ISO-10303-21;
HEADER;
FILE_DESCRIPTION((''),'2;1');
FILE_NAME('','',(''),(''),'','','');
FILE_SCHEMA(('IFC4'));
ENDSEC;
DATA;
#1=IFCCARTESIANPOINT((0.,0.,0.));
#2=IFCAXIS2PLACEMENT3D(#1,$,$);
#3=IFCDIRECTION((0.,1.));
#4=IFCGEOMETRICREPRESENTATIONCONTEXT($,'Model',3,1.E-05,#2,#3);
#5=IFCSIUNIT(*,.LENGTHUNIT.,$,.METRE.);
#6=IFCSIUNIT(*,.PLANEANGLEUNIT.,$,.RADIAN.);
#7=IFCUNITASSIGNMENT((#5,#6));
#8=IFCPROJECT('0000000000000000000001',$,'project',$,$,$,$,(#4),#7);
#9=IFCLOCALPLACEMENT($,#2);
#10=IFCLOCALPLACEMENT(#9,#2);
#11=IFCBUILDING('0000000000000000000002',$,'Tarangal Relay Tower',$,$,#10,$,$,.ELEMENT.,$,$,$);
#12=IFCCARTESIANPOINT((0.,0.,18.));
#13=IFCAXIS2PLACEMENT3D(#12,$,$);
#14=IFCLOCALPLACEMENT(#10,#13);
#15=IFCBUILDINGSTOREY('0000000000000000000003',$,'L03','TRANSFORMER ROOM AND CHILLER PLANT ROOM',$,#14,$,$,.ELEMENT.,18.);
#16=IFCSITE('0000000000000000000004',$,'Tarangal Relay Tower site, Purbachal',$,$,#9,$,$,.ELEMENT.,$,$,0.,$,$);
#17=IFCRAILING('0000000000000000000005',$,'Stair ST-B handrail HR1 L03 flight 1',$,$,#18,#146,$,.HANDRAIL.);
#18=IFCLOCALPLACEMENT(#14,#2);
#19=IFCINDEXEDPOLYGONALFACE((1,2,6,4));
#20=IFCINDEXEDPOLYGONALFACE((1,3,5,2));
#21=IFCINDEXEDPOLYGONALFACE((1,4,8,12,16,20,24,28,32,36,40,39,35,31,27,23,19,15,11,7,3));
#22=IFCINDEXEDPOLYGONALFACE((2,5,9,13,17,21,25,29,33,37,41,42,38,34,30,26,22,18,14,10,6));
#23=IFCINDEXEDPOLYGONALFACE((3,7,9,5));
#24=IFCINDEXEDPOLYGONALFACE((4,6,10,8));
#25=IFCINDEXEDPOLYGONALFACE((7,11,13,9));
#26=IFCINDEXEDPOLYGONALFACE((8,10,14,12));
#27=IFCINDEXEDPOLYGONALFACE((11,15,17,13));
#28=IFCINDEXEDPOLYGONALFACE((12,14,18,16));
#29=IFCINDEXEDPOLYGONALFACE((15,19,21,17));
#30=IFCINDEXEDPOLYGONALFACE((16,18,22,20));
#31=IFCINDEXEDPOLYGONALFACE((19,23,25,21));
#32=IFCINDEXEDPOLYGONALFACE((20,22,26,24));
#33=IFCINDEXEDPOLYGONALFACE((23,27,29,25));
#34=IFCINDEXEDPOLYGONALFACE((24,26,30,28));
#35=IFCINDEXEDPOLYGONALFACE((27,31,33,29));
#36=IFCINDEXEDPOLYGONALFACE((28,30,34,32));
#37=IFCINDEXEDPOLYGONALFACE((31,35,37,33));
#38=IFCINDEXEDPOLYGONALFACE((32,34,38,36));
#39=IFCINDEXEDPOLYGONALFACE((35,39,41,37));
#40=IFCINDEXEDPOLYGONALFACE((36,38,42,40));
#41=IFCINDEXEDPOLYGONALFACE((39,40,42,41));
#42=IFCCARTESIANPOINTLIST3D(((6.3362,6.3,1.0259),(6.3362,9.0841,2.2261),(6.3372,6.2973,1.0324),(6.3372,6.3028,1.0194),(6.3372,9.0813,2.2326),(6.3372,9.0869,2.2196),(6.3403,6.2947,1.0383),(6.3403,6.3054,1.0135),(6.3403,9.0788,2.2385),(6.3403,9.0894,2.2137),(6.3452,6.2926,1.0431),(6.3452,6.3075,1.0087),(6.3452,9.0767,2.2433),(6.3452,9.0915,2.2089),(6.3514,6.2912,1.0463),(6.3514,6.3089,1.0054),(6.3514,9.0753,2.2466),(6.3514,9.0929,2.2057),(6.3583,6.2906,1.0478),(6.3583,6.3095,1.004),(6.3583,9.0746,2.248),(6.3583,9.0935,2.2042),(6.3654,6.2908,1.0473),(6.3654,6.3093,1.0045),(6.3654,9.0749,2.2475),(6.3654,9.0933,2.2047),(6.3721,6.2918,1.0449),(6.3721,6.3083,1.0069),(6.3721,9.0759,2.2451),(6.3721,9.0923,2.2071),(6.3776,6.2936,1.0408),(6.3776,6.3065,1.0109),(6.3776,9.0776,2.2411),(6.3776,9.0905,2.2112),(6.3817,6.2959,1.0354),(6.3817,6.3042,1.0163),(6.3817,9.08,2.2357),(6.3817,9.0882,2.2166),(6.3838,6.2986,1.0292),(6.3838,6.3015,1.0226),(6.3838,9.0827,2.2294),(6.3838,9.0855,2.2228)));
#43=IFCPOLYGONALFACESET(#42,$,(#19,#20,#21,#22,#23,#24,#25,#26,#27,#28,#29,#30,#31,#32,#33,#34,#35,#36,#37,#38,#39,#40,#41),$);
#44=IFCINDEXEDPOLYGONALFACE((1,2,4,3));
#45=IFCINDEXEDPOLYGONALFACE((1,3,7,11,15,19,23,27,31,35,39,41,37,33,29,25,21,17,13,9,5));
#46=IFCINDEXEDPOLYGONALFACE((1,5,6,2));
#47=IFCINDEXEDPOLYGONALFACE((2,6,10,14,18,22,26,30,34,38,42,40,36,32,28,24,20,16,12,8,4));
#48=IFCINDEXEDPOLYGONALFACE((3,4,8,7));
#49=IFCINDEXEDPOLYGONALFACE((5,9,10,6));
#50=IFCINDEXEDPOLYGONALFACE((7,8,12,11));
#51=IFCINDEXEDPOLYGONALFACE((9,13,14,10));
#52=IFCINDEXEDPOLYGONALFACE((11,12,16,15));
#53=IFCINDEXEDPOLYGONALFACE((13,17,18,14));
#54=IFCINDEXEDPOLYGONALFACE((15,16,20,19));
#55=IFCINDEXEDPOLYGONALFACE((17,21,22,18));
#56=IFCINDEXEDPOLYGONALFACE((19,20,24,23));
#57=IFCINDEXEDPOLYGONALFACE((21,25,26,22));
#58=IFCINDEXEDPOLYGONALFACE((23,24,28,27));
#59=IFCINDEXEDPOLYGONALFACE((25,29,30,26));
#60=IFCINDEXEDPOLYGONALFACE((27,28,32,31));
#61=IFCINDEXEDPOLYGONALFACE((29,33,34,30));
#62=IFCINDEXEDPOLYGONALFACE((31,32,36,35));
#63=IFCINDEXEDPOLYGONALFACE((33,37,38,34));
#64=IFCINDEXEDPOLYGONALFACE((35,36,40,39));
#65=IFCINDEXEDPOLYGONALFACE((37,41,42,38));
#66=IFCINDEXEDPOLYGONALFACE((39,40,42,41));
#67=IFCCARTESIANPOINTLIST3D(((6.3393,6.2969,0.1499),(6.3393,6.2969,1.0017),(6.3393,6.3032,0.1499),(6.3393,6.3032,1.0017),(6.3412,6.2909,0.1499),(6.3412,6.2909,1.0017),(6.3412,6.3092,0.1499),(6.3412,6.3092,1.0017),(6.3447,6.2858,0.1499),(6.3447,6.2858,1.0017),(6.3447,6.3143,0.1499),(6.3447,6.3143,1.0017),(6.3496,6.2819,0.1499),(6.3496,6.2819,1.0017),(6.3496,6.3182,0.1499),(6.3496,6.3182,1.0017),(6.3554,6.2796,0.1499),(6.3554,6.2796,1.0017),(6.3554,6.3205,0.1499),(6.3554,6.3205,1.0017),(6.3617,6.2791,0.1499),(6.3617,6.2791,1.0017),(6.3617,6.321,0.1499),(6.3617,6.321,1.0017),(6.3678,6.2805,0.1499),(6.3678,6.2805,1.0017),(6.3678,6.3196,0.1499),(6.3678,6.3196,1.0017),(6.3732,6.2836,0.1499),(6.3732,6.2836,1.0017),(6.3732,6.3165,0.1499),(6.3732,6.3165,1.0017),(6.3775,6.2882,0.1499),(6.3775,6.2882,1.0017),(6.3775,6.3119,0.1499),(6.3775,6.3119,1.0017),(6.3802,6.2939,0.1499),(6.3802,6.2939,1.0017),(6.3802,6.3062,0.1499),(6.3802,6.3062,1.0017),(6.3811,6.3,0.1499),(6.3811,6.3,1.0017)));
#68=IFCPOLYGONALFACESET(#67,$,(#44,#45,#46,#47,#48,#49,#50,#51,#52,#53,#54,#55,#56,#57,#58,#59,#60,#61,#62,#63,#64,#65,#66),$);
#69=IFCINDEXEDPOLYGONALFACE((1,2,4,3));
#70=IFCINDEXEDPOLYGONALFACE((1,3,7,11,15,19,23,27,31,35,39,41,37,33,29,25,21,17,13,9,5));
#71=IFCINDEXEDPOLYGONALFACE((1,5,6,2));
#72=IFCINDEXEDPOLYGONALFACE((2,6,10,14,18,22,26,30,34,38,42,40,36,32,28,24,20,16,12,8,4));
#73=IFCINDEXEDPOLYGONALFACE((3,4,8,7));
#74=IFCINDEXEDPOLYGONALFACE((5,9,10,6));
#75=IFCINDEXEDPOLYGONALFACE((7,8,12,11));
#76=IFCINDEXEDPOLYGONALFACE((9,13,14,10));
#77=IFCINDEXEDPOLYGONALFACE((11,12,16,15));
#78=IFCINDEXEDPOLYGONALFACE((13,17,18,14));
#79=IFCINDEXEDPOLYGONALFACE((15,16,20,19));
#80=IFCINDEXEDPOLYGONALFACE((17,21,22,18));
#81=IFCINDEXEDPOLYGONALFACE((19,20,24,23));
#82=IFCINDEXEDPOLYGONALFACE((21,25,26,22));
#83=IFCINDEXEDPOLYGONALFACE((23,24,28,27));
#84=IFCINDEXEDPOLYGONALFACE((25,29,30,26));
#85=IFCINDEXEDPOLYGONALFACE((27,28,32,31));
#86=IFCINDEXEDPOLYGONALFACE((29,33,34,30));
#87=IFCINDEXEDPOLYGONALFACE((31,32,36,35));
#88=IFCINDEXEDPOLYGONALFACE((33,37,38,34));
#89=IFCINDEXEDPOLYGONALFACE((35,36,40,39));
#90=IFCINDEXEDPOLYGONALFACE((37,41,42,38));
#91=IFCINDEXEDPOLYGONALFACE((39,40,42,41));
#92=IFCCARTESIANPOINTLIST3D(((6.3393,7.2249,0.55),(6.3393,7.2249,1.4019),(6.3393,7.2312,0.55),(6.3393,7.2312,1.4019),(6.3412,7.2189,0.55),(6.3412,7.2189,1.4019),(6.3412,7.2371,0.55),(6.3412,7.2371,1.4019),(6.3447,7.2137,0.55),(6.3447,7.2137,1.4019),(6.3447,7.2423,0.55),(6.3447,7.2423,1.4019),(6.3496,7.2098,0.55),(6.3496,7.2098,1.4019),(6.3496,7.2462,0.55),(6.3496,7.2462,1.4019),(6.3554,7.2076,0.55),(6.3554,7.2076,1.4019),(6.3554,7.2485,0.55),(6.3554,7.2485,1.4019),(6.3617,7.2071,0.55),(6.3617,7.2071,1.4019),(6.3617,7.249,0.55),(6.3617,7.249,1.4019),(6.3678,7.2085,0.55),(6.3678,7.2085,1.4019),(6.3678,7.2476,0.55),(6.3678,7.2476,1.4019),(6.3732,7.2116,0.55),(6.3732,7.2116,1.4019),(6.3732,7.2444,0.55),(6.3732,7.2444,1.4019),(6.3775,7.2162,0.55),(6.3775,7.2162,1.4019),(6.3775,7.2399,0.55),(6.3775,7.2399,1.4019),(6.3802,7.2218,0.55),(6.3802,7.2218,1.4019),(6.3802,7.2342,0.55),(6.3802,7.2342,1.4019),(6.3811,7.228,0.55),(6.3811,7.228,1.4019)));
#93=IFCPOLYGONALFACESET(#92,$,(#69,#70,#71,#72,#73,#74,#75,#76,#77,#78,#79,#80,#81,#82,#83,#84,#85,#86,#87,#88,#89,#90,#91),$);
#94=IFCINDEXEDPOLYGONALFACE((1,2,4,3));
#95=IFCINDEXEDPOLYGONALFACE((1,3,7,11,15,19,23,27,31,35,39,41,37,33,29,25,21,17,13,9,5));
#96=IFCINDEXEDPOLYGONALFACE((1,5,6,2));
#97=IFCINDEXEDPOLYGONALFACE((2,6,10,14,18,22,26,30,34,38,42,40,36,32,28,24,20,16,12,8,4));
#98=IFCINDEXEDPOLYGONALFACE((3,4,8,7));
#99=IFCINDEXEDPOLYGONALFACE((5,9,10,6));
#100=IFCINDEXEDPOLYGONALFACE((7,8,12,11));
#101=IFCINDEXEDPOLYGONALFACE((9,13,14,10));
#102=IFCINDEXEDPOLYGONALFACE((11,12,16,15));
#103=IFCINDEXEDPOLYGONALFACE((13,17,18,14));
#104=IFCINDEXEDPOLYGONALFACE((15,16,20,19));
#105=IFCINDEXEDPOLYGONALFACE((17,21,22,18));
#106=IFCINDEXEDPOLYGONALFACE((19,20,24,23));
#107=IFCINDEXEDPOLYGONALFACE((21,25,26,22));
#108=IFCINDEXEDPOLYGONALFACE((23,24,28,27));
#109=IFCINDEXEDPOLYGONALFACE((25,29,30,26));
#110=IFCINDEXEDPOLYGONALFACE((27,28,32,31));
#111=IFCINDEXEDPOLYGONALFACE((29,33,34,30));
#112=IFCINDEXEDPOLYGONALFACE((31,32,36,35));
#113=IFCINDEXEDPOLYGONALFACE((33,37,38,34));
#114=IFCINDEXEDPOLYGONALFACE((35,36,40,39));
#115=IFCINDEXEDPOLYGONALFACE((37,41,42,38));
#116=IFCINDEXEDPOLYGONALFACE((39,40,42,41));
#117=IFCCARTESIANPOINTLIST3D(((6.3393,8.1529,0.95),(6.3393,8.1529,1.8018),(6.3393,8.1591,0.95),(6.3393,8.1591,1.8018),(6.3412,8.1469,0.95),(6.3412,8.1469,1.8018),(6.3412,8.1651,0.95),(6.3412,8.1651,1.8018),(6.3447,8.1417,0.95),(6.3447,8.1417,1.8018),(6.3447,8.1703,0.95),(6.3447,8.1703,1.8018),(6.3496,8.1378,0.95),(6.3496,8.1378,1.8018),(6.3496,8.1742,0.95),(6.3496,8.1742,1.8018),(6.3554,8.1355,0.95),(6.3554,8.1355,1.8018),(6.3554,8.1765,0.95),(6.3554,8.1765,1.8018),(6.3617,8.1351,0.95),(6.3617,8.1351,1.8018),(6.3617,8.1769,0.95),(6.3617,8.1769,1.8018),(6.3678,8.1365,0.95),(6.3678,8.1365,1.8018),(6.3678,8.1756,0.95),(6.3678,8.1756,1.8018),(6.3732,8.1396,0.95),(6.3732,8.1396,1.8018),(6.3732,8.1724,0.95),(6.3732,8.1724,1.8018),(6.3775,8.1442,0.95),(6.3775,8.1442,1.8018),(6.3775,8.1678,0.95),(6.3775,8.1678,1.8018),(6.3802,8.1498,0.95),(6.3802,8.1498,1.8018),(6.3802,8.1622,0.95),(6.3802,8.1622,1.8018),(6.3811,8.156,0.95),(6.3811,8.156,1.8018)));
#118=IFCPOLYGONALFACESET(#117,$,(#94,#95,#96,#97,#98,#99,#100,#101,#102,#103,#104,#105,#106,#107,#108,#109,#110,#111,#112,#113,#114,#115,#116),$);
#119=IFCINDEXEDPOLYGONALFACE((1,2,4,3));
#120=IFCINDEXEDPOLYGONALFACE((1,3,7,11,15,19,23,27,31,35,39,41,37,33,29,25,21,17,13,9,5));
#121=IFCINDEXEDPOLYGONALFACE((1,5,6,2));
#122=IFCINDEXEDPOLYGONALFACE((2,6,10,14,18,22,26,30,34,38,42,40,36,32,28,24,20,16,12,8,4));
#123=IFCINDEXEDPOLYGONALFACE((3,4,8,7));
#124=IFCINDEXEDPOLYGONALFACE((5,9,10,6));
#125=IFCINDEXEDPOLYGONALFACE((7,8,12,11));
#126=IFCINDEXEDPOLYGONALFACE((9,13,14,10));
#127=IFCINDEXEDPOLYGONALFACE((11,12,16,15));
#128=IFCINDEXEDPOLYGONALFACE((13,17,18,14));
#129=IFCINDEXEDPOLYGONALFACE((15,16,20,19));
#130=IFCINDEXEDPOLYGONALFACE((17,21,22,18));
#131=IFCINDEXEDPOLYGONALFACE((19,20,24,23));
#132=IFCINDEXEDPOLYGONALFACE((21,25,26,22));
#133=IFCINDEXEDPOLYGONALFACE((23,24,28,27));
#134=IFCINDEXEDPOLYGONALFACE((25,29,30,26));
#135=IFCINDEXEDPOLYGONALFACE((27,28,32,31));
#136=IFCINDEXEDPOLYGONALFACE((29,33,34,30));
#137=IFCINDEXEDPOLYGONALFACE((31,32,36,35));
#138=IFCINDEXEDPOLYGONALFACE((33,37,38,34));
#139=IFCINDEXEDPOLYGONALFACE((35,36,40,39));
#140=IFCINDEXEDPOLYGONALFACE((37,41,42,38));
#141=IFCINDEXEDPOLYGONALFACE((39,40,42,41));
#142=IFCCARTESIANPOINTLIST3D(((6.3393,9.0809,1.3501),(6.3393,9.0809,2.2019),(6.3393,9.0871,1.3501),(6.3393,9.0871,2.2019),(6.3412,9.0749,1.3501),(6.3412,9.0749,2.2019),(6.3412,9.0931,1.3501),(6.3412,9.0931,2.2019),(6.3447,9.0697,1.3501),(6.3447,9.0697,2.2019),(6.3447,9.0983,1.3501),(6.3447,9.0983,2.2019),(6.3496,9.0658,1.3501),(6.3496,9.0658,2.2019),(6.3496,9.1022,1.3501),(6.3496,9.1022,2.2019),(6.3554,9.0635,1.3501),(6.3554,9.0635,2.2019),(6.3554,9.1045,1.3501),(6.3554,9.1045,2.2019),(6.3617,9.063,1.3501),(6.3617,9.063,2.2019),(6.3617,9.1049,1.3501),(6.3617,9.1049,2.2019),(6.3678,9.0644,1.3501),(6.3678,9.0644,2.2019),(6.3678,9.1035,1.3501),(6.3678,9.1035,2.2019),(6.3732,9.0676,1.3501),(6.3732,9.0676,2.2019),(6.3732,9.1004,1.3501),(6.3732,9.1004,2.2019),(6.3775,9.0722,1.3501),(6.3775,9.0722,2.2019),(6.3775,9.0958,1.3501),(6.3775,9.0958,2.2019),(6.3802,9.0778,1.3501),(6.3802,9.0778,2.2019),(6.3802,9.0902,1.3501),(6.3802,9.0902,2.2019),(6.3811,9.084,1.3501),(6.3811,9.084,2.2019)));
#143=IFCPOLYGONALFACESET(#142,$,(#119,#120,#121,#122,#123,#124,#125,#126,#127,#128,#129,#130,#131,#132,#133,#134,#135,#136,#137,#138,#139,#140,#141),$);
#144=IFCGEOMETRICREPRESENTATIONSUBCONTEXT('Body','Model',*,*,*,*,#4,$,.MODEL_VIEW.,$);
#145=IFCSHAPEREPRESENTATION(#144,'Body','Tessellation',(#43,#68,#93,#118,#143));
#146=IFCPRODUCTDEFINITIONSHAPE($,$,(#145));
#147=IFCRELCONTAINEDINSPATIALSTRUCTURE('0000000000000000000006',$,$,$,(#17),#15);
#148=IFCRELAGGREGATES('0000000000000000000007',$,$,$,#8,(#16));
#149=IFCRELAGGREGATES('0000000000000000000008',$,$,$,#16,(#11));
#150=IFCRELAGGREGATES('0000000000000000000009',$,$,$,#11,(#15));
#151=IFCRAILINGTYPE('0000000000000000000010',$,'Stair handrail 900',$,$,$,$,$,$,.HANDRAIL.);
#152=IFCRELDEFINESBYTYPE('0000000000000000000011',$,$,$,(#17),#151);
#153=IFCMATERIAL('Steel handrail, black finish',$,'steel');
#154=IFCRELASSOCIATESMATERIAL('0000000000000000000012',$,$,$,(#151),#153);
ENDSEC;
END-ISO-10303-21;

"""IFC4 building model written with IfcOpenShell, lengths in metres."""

from ifc_helpers import new_model, si_unit, direction, frame, origin, origin_2d, place, context, subcontext, project, spatial, circle, extrude, material, type_object, element, save


model = new_model("IFC4")

# Units and contexts
model_context = context("Model", 3, precision=1e-05, world=origin(), true_north=direction((0.0, 1.0)))
body_context = subcontext(model_context, "Body", "Model", "MODEL_VIEW")
ifc_project = project(units=[si_unit("LENGTHUNIT", "METRE"), si_unit("PLANEANGLEUNIT", "RADIAN")], contexts=[model_context])

# Site, building, storey
site_placement = place(None, origin())
site = spatial("IfcSite", under=ifc_project, at=site_placement, Name="Tarangal Relay Tower site, Purbachal", CompositionType="ELEMENT", RefElevation=0.0)
building_placement = place(site_placement, origin())
building = spatial("IfcBuilding", under=site, at=building_placement, Name="Tarangal Relay Tower", CompositionType="ELEMENT")
storey_placement = place(building_placement, frame((0.0, 0.0, 18.0)))
storey = spatial("IfcBuildingStorey", under=building, at=storey_placement, Name="L03", Description="TRANSFORMER ROOM AND CHILLER PLANT ROOM", CompositionType="ELEMENT", Elevation=18.0)

# Railing
ifc_material_1 = material(Name="Steel handrail, black finish", Category="steel")
railing_type_1 = type_object("IfcRailingType", Name="Stair handrail 900", PredefinedType="HANDRAIL", material=ifc_material_1)
railing_1_placement = place(storey_placement, frame((6.3601, 6.3, 0.1499)))
element("IfcRailing", 1, at=railing_1_placement, inside=storey, type_object=railing_type_1, Name="Stair ST-B handrail HR1 L03 flight 1", PredefinedType="HANDRAIL", context=body_context, shape_type="SweptSolid", body=[
    extrude(circle(Radius=0.0239, at=origin_2d()), frame((0.0, 0.0, 0.876), z_axis=(0.0, 0.918297, 0.395891), x_axis=(-1.0, 0.0, 0.0)), (0.0, 0.0, 1.0), 3.0317),
    extrude(circle(Radius=0.021, at=origin_2d()), origin(), (0.0, 0.0, 1.0), 0.8518),
    extrude(circle(Radius=0.021, at=origin_2d()), frame((0.0, 0.928, 0.4001)), (0.0, 0.0, 1.0), 0.8518),
    extrude(circle(Radius=0.021, at=origin_2d()), frame((0.0, 1.856, 0.8)), (0.0, 0.0, 1.0), 0.8518),
    extrude(circle(Radius=0.021, at=origin_2d()), frame((0.0, 2.7839, 1.2002)), (0.0, 0.0, 1.0), 0.8518),
])

save(model, "model.ifc")
